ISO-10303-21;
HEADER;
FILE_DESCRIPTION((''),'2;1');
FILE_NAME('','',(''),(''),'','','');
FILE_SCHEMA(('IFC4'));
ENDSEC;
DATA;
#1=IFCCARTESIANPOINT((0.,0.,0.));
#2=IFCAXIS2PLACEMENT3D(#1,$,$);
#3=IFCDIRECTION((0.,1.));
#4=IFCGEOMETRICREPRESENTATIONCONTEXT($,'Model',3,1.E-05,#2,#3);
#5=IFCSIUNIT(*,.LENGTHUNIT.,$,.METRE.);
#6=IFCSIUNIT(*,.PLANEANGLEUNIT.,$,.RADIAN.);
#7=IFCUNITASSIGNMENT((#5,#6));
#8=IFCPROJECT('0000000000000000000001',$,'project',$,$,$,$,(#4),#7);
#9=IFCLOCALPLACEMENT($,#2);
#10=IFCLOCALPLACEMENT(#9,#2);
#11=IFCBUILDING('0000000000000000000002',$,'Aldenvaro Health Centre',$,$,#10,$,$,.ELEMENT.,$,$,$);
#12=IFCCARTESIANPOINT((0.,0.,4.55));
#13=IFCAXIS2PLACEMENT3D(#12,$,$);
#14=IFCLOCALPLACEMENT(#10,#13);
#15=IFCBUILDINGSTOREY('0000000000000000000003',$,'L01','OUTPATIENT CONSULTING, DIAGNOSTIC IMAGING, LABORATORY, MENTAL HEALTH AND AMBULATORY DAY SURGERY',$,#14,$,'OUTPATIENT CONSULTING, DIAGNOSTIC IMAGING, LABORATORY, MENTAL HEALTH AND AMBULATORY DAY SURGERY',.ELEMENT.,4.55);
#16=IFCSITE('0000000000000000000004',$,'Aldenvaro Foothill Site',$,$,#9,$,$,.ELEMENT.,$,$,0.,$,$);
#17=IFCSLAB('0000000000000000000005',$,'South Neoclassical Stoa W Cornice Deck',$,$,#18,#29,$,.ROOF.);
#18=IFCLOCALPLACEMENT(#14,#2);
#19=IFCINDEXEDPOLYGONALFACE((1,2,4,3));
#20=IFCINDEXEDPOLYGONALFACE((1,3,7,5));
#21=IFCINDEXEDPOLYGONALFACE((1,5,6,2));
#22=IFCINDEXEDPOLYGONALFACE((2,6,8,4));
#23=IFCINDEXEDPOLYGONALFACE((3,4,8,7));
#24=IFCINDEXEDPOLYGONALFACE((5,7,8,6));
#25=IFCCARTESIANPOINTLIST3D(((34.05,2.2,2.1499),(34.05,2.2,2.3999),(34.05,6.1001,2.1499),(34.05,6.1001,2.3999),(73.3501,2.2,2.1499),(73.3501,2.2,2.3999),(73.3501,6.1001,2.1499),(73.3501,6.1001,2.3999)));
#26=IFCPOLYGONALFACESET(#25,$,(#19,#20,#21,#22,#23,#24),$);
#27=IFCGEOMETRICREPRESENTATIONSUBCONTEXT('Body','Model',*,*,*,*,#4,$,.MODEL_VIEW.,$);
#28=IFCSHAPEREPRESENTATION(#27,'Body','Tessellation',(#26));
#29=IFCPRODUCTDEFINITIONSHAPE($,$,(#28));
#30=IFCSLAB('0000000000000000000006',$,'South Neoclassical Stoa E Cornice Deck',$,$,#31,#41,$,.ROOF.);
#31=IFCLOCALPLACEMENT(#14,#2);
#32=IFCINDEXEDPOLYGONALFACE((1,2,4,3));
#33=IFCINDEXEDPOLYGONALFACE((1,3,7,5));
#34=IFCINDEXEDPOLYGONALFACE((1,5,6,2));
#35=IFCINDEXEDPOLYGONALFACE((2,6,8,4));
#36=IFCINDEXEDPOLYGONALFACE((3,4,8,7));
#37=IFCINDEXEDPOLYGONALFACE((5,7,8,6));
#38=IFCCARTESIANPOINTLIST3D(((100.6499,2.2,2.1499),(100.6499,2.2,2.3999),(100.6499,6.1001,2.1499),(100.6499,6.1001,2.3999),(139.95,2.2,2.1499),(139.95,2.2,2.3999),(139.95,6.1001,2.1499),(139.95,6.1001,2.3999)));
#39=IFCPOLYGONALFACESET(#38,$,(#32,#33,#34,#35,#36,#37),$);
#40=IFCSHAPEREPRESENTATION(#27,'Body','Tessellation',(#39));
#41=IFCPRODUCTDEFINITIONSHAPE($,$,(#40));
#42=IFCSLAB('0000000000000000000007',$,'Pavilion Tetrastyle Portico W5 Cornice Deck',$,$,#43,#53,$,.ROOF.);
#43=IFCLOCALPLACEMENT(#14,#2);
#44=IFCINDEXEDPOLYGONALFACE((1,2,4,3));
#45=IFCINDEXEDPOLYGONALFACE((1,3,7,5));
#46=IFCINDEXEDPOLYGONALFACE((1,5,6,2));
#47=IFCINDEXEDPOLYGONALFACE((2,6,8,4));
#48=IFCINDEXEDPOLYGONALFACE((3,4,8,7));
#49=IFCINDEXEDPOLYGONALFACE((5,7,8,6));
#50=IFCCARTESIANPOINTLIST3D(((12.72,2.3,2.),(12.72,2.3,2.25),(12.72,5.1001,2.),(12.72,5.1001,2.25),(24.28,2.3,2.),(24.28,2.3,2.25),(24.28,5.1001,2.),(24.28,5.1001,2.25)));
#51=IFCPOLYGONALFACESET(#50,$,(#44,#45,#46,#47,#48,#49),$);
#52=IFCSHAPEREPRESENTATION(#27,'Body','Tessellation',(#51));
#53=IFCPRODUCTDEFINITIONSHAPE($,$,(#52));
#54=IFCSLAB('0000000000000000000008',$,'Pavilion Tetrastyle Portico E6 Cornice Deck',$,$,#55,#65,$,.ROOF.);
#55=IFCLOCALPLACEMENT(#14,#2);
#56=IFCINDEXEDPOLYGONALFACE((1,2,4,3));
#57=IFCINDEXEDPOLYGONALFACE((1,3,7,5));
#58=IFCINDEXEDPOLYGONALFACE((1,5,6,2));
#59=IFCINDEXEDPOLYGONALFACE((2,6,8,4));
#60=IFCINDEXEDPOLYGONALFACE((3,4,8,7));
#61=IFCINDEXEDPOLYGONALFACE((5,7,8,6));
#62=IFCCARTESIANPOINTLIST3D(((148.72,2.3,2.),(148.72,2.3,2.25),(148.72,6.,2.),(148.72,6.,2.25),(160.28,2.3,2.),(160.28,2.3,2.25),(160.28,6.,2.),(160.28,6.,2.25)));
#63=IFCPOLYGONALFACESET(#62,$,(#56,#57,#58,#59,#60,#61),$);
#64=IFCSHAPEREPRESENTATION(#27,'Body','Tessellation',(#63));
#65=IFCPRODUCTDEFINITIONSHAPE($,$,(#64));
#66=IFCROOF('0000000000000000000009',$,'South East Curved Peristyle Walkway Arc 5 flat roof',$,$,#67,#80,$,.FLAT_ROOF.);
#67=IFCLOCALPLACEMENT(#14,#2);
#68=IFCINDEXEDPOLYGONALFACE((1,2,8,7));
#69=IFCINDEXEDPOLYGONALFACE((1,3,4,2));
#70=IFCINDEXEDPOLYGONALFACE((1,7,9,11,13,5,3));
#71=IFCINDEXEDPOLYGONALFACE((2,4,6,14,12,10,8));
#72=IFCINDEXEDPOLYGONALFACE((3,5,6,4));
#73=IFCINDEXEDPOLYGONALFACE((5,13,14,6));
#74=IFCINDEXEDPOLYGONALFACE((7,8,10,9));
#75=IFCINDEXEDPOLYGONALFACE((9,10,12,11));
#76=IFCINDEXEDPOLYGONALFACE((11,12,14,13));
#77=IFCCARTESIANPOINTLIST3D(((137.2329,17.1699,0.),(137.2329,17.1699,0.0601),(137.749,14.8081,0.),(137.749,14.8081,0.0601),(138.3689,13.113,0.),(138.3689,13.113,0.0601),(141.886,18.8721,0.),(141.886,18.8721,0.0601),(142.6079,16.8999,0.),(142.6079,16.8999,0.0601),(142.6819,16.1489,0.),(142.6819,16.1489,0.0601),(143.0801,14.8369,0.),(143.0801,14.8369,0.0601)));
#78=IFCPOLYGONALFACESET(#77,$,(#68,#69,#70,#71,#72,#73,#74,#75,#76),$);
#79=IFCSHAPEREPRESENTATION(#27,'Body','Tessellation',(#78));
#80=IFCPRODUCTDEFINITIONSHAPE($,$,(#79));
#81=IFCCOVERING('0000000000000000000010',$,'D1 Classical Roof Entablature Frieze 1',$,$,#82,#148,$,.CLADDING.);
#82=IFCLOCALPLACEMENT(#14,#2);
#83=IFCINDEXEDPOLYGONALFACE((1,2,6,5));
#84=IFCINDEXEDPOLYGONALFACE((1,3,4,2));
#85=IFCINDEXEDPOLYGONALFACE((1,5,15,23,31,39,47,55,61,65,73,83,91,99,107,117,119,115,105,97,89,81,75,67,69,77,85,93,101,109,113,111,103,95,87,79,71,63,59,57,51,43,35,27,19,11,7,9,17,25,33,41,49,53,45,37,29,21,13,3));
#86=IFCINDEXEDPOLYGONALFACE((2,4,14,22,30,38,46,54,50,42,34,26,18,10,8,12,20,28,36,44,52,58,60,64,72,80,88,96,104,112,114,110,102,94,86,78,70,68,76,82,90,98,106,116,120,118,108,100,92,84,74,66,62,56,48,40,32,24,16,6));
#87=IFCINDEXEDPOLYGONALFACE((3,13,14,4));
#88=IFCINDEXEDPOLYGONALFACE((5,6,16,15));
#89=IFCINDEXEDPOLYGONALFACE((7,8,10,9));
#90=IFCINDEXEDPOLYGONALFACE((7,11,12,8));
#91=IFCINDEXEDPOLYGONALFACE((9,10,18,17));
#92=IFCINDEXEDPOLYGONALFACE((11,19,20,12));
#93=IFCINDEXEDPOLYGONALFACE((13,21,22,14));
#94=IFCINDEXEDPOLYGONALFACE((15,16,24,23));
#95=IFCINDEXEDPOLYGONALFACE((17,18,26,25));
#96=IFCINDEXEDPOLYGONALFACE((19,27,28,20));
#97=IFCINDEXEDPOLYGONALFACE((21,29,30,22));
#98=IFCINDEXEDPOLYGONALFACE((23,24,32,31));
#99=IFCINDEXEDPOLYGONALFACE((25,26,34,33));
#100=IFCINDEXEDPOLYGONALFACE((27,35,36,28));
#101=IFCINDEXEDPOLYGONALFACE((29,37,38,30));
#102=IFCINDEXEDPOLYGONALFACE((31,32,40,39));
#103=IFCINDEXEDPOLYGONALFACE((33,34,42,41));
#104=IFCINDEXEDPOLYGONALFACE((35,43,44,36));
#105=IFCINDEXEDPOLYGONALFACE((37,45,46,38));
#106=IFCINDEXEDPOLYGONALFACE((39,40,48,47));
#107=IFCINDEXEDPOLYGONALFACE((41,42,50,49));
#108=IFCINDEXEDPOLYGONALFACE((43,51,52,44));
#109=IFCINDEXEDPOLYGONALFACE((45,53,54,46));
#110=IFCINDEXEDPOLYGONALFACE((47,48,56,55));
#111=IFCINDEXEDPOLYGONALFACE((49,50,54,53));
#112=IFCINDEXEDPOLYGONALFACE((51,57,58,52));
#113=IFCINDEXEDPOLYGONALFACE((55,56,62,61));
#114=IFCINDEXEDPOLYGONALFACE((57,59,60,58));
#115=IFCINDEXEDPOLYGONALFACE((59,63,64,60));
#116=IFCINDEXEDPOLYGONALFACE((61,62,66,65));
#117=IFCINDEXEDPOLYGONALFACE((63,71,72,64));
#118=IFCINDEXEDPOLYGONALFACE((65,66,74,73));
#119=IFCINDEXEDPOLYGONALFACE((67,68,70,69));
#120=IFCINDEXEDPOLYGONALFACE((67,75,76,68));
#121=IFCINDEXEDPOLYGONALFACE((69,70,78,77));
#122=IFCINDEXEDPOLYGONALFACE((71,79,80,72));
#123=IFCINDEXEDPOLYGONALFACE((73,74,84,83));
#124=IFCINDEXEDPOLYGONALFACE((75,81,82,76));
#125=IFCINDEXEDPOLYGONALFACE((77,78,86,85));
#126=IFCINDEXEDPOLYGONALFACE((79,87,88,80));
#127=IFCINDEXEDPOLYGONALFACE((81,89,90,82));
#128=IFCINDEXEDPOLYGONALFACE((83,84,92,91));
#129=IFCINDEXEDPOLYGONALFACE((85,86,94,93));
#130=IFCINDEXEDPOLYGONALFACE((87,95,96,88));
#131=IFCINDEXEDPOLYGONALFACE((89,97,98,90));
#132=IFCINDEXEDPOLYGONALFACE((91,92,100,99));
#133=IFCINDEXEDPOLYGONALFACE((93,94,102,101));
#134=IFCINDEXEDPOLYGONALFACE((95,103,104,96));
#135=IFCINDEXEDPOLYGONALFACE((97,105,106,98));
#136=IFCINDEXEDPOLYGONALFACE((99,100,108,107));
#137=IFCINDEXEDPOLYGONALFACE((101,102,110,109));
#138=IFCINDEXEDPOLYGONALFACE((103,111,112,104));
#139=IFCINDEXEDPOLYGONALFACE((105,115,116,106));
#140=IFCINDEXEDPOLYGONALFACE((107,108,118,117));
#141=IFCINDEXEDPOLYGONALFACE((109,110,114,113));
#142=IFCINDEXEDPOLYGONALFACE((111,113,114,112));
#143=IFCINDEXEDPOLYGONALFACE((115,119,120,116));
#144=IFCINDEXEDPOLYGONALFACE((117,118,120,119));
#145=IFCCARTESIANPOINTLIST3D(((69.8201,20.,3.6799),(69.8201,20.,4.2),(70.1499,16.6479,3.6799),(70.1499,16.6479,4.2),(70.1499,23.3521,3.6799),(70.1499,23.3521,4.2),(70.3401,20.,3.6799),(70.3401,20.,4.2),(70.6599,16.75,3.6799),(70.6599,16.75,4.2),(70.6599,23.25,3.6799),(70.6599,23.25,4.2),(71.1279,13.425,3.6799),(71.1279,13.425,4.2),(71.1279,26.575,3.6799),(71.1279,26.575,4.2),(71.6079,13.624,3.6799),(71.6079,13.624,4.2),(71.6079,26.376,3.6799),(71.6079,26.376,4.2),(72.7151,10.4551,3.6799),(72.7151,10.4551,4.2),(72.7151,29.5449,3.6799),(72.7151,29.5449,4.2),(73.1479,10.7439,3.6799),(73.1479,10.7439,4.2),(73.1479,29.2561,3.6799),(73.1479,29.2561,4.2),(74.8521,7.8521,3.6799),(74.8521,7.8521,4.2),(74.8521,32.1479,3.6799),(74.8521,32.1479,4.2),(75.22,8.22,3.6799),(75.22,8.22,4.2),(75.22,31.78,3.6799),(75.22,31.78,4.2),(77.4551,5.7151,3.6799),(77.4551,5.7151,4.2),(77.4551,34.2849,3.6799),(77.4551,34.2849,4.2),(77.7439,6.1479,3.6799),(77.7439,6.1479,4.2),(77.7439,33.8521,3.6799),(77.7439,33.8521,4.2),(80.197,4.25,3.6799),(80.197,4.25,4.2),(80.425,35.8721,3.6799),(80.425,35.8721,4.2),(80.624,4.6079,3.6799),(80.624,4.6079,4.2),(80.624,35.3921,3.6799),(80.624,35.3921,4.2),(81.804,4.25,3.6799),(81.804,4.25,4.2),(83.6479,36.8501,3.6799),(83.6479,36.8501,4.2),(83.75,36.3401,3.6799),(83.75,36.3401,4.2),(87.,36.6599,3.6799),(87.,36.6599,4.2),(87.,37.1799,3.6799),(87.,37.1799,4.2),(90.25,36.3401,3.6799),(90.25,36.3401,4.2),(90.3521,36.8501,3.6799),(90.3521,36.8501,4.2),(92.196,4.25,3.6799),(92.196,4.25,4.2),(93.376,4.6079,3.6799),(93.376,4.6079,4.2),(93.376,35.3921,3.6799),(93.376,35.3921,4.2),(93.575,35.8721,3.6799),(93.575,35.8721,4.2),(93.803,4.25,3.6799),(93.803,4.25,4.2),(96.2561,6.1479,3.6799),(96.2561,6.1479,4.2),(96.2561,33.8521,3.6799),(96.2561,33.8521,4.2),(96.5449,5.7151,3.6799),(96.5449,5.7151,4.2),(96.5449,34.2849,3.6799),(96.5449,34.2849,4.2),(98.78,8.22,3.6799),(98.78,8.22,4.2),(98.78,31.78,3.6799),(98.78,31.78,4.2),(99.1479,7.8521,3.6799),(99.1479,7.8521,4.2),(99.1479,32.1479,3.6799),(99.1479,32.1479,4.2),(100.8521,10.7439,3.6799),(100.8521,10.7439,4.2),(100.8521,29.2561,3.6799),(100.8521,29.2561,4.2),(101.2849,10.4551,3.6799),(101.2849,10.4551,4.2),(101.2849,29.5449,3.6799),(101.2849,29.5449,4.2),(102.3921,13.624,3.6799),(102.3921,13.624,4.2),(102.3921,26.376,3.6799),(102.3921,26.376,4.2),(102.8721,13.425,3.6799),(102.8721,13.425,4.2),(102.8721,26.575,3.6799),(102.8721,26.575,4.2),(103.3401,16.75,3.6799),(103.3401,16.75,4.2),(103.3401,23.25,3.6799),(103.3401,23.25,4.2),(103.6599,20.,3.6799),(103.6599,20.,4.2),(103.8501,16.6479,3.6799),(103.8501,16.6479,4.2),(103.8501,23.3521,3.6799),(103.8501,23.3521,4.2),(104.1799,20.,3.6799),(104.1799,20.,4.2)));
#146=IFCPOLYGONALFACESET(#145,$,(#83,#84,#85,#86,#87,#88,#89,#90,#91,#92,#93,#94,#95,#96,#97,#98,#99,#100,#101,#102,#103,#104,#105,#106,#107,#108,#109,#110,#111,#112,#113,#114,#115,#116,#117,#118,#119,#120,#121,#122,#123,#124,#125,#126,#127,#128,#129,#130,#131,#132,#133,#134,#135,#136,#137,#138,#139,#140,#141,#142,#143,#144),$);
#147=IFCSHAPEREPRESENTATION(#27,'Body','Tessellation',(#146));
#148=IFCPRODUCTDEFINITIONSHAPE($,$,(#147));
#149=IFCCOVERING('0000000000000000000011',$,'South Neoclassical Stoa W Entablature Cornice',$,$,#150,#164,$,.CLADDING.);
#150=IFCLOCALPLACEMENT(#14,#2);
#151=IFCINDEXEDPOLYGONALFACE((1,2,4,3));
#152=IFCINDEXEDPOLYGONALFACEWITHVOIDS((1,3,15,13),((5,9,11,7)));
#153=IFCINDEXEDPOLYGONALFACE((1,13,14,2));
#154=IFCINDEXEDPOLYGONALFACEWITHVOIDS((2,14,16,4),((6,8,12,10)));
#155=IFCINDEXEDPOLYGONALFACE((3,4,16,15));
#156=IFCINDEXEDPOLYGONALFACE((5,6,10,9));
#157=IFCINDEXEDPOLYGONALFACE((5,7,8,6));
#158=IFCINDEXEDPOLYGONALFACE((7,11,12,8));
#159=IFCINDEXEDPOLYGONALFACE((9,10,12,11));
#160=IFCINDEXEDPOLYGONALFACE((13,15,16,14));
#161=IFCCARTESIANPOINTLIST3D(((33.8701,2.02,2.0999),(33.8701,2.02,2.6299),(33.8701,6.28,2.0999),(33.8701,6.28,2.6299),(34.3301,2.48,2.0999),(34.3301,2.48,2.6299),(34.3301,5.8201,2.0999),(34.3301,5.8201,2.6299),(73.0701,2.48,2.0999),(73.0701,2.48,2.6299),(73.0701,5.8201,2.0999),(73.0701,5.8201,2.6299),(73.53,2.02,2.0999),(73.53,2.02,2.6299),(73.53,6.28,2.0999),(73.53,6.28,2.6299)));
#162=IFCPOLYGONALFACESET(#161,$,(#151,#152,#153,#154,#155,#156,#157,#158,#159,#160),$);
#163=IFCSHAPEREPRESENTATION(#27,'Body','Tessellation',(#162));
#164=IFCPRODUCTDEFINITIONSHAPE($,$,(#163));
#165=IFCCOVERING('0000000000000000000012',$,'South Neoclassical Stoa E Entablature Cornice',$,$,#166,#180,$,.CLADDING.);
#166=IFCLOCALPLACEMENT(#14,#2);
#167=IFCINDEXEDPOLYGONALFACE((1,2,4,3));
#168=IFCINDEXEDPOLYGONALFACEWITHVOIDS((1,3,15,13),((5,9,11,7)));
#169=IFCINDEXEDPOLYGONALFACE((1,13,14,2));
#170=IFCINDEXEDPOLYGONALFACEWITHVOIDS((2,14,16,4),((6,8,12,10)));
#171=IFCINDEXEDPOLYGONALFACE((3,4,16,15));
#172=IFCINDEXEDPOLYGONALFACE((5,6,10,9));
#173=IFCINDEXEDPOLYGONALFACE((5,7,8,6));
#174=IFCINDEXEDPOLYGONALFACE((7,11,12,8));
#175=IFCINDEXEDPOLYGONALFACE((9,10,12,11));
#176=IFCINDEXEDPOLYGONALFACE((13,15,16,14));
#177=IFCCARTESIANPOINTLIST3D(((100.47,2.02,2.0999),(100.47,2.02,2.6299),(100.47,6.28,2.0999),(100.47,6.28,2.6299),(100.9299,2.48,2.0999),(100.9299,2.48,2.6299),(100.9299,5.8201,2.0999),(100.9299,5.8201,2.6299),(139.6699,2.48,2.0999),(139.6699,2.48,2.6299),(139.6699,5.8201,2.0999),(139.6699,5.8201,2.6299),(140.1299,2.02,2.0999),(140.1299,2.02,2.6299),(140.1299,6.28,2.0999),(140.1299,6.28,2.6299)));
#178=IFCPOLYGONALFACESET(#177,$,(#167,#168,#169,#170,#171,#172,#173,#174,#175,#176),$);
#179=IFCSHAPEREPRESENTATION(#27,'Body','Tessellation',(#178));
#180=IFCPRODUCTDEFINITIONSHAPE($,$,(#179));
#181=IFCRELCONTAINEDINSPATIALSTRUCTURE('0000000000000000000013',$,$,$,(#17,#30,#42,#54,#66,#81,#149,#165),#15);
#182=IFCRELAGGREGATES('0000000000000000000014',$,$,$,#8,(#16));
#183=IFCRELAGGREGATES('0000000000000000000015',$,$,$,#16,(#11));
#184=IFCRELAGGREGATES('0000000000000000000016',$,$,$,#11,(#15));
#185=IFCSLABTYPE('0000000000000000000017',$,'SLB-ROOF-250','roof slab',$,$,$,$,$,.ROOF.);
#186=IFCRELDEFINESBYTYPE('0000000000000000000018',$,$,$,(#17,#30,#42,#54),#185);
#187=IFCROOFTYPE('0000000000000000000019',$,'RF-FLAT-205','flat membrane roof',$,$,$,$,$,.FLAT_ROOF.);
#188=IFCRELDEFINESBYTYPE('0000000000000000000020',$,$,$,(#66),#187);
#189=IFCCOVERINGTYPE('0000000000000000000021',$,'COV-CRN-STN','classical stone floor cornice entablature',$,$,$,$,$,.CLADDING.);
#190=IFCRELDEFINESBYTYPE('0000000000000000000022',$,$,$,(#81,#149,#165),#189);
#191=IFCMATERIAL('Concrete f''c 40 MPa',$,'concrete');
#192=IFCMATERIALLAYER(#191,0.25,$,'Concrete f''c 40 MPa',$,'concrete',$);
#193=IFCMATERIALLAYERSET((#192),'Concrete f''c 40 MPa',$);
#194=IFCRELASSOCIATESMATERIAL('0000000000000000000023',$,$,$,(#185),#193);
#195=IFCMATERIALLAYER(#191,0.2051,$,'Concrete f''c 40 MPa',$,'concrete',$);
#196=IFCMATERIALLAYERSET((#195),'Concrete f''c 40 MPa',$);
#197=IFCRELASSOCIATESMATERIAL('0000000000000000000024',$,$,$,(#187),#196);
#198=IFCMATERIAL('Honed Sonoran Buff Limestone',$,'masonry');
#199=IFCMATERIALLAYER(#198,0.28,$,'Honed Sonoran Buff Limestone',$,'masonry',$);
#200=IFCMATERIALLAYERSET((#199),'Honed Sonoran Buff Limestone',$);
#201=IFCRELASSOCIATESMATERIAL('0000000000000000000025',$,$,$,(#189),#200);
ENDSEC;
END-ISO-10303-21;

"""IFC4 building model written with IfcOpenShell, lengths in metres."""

from ifc_helpers import new_model, si_unit, direction, frame, origin, place, context, subcontext, project, spatial, polyline, outline, extrude, material, layer, layer_set, type_object, element, save


model = new_model("IFC4")

# Units and contexts
model_context = context("Model", 3, precision=1e-05, world=origin(), true_north=direction((0.0, 1.0)))
body_context = subcontext(model_context, "Body", "Model", "MODEL_VIEW")
ifc_project = project(units=[si_unit("LENGTHUNIT", "METRE"), si_unit("PLANEANGLEUNIT", "RADIAN")], contexts=[model_context])

# Site, building, storey
site_placement = place(None, origin())
site = spatial("IfcSite", under=ifc_project, at=site_placement, Name="Aldenvaro Foothill Site", CompositionType="ELEMENT", RefElevation=0.0)
building_placement = place(site_placement, origin())
building = spatial("IfcBuilding", under=site, at=building_placement, Name="Aldenvaro Health Centre", CompositionType="ELEMENT")
storey_placement = place(building_placement, frame((0.0, 0.0, 4.55)))
storey = spatial("IfcBuildingStorey", under=building, at=storey_placement, Name="L01", Description="OUTPATIENT CONSULTING, DIAGNOSTIC IMAGING, LABORATORY, MENTAL HEALTH AND AMBULATORY DAY SURGERY", LongName="OUTPATIENT CONSULTING, DIAGNOSTIC IMAGING, LABORATORY, MENTAL HEALTH AND AMBULATORY DAY SURGERY", CompositionType="ELEMENT", Elevation=4.55)

# Slabs
ifc_material_1 = material(Name="Concrete f'c 40 MPa", Category="concrete")
ifc_layer_1 = layer(ifc_material_1, 0.25, Name="Concrete f'c 40 MPa", Category="concrete")
ifc_layer_set_1 = layer_set([ifc_layer_1], Name="Concrete f'c 40 MPa")
slab_type = type_object("IfcSlabType", Name="SLB-ROOF-250", Description="roof slab", PredefinedType="ROOF", material=ifc_layer_set_1)
slab_1_placement = place(storey_placement, frame((0.0, 0.0, 2.1499)))
element("IfcSlab", 1, at=slab_1_placement, inside=storey, type_object=slab_type, Name="South Neoclassical Stoa W Cornice Deck", PredefinedType="ROOF", context=body_context, shape_type="SweptSolid", body=[
    extrude(outline(polyline([(34.05, 2.2), (73.3501, 2.2), (73.3501, 6.1001), (34.05, 6.1001), (34.05, 2.2)])), origin(), (0.0, 0.0, 1.0), 0.25),
])
slab_2_placement = place(storey_placement, frame((0.0, 0.0, 2.1499)))
element("IfcSlab", 2, at=slab_2_placement, inside=storey, type_object=slab_type, Name="South Neoclassical Stoa E Cornice Deck", PredefinedType="ROOF", context=body_context, shape_type="SweptSolid", body=[
    extrude(outline(polyline([(100.6499, 2.2), (139.95, 2.2), (139.95, 6.1001), (100.6499, 6.1001), (100.6499, 2.2)])), origin(), (0.0, 0.0, 1.0), 0.25),
])
slab_3_placement = place(storey_placement, frame((0.0, 0.0, 2.0)))
element("IfcSlab", 3, at=slab_3_placement, inside=storey, type_object=slab_type, Name="Pavilion Tetrastyle Portico W5 Cornice Deck", PredefinedType="ROOF", context=body_context, shape_type="SweptSolid", body=[
    extrude(outline(polyline([(12.72, 2.3), (24.28, 2.3), (24.28, 5.1001), (12.72, 5.1001), (12.72, 2.3)])), origin(), (0.0, 0.0, 1.0), 0.25),
])
slab_4_placement = place(storey_placement, frame((0.0, 0.0, 2.0)))
element("IfcSlab", 4, at=slab_4_placement, inside=storey, type_object=slab_type, Name="Pavilion Tetrastyle Portico E6 Cornice Deck", PredefinedType="ROOF", context=body_context, shape_type="SweptSolid", body=[
    extrude(outline(polyline([(148.72, 2.3), (160.28, 2.3), (160.28, 6.0), (148.72, 6.0), (148.72, 2.3)])), origin(), (0.0, 0.0, 1.0), 0.25),
])

# Roof
ifc_layer_2 = layer(ifc_material_1, 0.2051, Name="Concrete f'c 40 MPa", Category="concrete")
ifc_layer_set_2 = layer_set([ifc_layer_2], Name="Concrete f'c 40 MPa")
roof_type = type_object("IfcRoofType", Name="RF-FLAT-205", Description="flat membrane roof", PredefinedType="FLAT_ROOF", material=ifc_layer_set_2)
roof_placement = place(storey_placement, origin())
element("IfcRoof", 5, at=roof_placement, inside=storey, type_object=roof_type, Name="South East Curved Peristyle Walkway Arc 5 flat roof", PredefinedType="FLAT_ROOF", context=body_context, shape_type="SweptSolid", body=[
    extrude(outline(polyline([(138.3689, 13.113), (137.749, 14.8081), (137.2329, 17.1699), (141.886, 18.8721), (142.6079, 16.8999), (142.6819, 16.1489), (143.0801, 14.8369), (138.3689, 13.113)])), origin(), (0.0, 0.0, 1.0), 0.0601),
])

# Coverings
ifc_material_2 = material(Name="Honed Sonoran Buff Limestone", Category="masonry")
ifc_layer_3 = layer(ifc_material_2, 0.28, Name="Honed Sonoran Buff Limestone", Category="masonry")
ifc_layer_set_3 = layer_set([ifc_layer_3], Name="Honed Sonoran Buff Limestone")
covering_type_1 = type_object("IfcCoveringType", Name="COV-CRN-STN", Description="classical stone floor cornice entablature", PredefinedType="CLADDING", material=ifc_layer_set_3)
covering_1_placement = place(storey_placement, frame((0.0, 0.0, 3.6799)))
element("IfcCovering", 6, at=covering_1_placement, inside=storey, type_object=covering_type_1, Name="D1 Classical Roof Entablature Frieze 1", PredefinedType="CLADDING", context=body_context, shape_type="SweptSolid", body=[
    extrude(outline(polyline([(77.4551, 5.7151), (74.8521, 7.8521), (72.7151, 10.4551), (71.1279, 13.425), (70.1499, 16.6479), (69.8201, 20.0), (70.1499, 23.3521), (71.1279, 26.575), (72.7151, 29.5449), (74.8521, 32.1479), (77.4551, 34.2849), (80.425, 35.8721), (83.6479, 36.8501), (87.0, 37.1799), (90.3521, 36.8501), (93.575, 35.8721), (96.5449, 34.2849), (99.1479, 32.1479), (101.2849, 29.5449), (102.8721, 26.575), (103.8501, 23.3521), (104.1799, 20.0), (103.8501, 16.6479), (102.8721, 13.425), (101.2849, 10.4551), (99.1479, 7.8521), (96.5449, 5.7151), (93.803, 4.25), (92.196, 4.25), (93.376, 4.6079), (96.2561, 6.1479), (98.78, 8.22), (100.8521, 10.7439), (102.3921, 13.624), (103.3401, 16.75), (103.6599, 20.0), (103.3401, 23.25), (102.3921, 26.376), (100.8521, 29.2561), (98.78, 31.78), (96.2561, 33.8521), (93.376, 35.3921), (90.25, 36.3401), (87.0, 36.6599), (83.75, 36.3401), (80.624, 35.3921), (77.7439, 33.8521), (75.22, 31.78), (73.1479, 29.2561), (71.6079, 26.376), (70.6599, 23.25), (70.3401, 20.0), (70.6599, 16.75), (71.6079, 13.624), (73.1479, 10.7439), (75.22, 8.22), (77.7439, 6.1479), (80.624, 4.6079), (81.804, 4.25), (80.197, 4.25), (77.4551, 5.7151)])), origin(), (0.0, 0.0, 1.0), 0.52),
])
covering_2_placement = place(storey_placement, frame((0.0, 0.0, 2.0999)))
element("IfcCovering", 7, at=covering_2_placement, inside=storey, type_object=covering_type_1, Name="South Neoclassical Stoa W Entablature Cornice", PredefinedType="CLADDING", context=body_context, shape_type="SweptSolid", body=[
    extrude(outline(polyline([(33.8701, 2.02), (33.8701, 6.28), (73.53, 6.28), (73.53, 2.02), (33.8701, 2.02)]), holes=[polyline([(73.0701, 5.8201), (34.3301, 5.8201), (34.3301, 2.48), (73.0701, 2.48), (73.0701, 5.8201)])]), origin(), (0.0, 0.0, 1.0), 0.53),
])
covering_3_placement = place(storey_placement, frame((0.0, 0.0, 2.0999)))
element("IfcCovering", 8, at=covering_3_placement, inside=storey, type_object=covering_type_1, Name="South Neoclassical Stoa E Entablature Cornice", PredefinedType="CLADDING", context=body_context, shape_type="SweptSolid", body=[
    extrude(outline(polyline([(100.47, 2.02), (100.47, 6.28), (140.1299, 6.28), (140.1299, 2.02), (100.47, 2.02)]), holes=[polyline([(139.6699, 5.8201), (100.9299, 5.8201), (100.9299, 2.48), (139.6699, 2.48), (139.6699, 5.8201)])]), origin(), (0.0, 0.0, 1.0), 0.53),
])

save(model, "model.ifc")
